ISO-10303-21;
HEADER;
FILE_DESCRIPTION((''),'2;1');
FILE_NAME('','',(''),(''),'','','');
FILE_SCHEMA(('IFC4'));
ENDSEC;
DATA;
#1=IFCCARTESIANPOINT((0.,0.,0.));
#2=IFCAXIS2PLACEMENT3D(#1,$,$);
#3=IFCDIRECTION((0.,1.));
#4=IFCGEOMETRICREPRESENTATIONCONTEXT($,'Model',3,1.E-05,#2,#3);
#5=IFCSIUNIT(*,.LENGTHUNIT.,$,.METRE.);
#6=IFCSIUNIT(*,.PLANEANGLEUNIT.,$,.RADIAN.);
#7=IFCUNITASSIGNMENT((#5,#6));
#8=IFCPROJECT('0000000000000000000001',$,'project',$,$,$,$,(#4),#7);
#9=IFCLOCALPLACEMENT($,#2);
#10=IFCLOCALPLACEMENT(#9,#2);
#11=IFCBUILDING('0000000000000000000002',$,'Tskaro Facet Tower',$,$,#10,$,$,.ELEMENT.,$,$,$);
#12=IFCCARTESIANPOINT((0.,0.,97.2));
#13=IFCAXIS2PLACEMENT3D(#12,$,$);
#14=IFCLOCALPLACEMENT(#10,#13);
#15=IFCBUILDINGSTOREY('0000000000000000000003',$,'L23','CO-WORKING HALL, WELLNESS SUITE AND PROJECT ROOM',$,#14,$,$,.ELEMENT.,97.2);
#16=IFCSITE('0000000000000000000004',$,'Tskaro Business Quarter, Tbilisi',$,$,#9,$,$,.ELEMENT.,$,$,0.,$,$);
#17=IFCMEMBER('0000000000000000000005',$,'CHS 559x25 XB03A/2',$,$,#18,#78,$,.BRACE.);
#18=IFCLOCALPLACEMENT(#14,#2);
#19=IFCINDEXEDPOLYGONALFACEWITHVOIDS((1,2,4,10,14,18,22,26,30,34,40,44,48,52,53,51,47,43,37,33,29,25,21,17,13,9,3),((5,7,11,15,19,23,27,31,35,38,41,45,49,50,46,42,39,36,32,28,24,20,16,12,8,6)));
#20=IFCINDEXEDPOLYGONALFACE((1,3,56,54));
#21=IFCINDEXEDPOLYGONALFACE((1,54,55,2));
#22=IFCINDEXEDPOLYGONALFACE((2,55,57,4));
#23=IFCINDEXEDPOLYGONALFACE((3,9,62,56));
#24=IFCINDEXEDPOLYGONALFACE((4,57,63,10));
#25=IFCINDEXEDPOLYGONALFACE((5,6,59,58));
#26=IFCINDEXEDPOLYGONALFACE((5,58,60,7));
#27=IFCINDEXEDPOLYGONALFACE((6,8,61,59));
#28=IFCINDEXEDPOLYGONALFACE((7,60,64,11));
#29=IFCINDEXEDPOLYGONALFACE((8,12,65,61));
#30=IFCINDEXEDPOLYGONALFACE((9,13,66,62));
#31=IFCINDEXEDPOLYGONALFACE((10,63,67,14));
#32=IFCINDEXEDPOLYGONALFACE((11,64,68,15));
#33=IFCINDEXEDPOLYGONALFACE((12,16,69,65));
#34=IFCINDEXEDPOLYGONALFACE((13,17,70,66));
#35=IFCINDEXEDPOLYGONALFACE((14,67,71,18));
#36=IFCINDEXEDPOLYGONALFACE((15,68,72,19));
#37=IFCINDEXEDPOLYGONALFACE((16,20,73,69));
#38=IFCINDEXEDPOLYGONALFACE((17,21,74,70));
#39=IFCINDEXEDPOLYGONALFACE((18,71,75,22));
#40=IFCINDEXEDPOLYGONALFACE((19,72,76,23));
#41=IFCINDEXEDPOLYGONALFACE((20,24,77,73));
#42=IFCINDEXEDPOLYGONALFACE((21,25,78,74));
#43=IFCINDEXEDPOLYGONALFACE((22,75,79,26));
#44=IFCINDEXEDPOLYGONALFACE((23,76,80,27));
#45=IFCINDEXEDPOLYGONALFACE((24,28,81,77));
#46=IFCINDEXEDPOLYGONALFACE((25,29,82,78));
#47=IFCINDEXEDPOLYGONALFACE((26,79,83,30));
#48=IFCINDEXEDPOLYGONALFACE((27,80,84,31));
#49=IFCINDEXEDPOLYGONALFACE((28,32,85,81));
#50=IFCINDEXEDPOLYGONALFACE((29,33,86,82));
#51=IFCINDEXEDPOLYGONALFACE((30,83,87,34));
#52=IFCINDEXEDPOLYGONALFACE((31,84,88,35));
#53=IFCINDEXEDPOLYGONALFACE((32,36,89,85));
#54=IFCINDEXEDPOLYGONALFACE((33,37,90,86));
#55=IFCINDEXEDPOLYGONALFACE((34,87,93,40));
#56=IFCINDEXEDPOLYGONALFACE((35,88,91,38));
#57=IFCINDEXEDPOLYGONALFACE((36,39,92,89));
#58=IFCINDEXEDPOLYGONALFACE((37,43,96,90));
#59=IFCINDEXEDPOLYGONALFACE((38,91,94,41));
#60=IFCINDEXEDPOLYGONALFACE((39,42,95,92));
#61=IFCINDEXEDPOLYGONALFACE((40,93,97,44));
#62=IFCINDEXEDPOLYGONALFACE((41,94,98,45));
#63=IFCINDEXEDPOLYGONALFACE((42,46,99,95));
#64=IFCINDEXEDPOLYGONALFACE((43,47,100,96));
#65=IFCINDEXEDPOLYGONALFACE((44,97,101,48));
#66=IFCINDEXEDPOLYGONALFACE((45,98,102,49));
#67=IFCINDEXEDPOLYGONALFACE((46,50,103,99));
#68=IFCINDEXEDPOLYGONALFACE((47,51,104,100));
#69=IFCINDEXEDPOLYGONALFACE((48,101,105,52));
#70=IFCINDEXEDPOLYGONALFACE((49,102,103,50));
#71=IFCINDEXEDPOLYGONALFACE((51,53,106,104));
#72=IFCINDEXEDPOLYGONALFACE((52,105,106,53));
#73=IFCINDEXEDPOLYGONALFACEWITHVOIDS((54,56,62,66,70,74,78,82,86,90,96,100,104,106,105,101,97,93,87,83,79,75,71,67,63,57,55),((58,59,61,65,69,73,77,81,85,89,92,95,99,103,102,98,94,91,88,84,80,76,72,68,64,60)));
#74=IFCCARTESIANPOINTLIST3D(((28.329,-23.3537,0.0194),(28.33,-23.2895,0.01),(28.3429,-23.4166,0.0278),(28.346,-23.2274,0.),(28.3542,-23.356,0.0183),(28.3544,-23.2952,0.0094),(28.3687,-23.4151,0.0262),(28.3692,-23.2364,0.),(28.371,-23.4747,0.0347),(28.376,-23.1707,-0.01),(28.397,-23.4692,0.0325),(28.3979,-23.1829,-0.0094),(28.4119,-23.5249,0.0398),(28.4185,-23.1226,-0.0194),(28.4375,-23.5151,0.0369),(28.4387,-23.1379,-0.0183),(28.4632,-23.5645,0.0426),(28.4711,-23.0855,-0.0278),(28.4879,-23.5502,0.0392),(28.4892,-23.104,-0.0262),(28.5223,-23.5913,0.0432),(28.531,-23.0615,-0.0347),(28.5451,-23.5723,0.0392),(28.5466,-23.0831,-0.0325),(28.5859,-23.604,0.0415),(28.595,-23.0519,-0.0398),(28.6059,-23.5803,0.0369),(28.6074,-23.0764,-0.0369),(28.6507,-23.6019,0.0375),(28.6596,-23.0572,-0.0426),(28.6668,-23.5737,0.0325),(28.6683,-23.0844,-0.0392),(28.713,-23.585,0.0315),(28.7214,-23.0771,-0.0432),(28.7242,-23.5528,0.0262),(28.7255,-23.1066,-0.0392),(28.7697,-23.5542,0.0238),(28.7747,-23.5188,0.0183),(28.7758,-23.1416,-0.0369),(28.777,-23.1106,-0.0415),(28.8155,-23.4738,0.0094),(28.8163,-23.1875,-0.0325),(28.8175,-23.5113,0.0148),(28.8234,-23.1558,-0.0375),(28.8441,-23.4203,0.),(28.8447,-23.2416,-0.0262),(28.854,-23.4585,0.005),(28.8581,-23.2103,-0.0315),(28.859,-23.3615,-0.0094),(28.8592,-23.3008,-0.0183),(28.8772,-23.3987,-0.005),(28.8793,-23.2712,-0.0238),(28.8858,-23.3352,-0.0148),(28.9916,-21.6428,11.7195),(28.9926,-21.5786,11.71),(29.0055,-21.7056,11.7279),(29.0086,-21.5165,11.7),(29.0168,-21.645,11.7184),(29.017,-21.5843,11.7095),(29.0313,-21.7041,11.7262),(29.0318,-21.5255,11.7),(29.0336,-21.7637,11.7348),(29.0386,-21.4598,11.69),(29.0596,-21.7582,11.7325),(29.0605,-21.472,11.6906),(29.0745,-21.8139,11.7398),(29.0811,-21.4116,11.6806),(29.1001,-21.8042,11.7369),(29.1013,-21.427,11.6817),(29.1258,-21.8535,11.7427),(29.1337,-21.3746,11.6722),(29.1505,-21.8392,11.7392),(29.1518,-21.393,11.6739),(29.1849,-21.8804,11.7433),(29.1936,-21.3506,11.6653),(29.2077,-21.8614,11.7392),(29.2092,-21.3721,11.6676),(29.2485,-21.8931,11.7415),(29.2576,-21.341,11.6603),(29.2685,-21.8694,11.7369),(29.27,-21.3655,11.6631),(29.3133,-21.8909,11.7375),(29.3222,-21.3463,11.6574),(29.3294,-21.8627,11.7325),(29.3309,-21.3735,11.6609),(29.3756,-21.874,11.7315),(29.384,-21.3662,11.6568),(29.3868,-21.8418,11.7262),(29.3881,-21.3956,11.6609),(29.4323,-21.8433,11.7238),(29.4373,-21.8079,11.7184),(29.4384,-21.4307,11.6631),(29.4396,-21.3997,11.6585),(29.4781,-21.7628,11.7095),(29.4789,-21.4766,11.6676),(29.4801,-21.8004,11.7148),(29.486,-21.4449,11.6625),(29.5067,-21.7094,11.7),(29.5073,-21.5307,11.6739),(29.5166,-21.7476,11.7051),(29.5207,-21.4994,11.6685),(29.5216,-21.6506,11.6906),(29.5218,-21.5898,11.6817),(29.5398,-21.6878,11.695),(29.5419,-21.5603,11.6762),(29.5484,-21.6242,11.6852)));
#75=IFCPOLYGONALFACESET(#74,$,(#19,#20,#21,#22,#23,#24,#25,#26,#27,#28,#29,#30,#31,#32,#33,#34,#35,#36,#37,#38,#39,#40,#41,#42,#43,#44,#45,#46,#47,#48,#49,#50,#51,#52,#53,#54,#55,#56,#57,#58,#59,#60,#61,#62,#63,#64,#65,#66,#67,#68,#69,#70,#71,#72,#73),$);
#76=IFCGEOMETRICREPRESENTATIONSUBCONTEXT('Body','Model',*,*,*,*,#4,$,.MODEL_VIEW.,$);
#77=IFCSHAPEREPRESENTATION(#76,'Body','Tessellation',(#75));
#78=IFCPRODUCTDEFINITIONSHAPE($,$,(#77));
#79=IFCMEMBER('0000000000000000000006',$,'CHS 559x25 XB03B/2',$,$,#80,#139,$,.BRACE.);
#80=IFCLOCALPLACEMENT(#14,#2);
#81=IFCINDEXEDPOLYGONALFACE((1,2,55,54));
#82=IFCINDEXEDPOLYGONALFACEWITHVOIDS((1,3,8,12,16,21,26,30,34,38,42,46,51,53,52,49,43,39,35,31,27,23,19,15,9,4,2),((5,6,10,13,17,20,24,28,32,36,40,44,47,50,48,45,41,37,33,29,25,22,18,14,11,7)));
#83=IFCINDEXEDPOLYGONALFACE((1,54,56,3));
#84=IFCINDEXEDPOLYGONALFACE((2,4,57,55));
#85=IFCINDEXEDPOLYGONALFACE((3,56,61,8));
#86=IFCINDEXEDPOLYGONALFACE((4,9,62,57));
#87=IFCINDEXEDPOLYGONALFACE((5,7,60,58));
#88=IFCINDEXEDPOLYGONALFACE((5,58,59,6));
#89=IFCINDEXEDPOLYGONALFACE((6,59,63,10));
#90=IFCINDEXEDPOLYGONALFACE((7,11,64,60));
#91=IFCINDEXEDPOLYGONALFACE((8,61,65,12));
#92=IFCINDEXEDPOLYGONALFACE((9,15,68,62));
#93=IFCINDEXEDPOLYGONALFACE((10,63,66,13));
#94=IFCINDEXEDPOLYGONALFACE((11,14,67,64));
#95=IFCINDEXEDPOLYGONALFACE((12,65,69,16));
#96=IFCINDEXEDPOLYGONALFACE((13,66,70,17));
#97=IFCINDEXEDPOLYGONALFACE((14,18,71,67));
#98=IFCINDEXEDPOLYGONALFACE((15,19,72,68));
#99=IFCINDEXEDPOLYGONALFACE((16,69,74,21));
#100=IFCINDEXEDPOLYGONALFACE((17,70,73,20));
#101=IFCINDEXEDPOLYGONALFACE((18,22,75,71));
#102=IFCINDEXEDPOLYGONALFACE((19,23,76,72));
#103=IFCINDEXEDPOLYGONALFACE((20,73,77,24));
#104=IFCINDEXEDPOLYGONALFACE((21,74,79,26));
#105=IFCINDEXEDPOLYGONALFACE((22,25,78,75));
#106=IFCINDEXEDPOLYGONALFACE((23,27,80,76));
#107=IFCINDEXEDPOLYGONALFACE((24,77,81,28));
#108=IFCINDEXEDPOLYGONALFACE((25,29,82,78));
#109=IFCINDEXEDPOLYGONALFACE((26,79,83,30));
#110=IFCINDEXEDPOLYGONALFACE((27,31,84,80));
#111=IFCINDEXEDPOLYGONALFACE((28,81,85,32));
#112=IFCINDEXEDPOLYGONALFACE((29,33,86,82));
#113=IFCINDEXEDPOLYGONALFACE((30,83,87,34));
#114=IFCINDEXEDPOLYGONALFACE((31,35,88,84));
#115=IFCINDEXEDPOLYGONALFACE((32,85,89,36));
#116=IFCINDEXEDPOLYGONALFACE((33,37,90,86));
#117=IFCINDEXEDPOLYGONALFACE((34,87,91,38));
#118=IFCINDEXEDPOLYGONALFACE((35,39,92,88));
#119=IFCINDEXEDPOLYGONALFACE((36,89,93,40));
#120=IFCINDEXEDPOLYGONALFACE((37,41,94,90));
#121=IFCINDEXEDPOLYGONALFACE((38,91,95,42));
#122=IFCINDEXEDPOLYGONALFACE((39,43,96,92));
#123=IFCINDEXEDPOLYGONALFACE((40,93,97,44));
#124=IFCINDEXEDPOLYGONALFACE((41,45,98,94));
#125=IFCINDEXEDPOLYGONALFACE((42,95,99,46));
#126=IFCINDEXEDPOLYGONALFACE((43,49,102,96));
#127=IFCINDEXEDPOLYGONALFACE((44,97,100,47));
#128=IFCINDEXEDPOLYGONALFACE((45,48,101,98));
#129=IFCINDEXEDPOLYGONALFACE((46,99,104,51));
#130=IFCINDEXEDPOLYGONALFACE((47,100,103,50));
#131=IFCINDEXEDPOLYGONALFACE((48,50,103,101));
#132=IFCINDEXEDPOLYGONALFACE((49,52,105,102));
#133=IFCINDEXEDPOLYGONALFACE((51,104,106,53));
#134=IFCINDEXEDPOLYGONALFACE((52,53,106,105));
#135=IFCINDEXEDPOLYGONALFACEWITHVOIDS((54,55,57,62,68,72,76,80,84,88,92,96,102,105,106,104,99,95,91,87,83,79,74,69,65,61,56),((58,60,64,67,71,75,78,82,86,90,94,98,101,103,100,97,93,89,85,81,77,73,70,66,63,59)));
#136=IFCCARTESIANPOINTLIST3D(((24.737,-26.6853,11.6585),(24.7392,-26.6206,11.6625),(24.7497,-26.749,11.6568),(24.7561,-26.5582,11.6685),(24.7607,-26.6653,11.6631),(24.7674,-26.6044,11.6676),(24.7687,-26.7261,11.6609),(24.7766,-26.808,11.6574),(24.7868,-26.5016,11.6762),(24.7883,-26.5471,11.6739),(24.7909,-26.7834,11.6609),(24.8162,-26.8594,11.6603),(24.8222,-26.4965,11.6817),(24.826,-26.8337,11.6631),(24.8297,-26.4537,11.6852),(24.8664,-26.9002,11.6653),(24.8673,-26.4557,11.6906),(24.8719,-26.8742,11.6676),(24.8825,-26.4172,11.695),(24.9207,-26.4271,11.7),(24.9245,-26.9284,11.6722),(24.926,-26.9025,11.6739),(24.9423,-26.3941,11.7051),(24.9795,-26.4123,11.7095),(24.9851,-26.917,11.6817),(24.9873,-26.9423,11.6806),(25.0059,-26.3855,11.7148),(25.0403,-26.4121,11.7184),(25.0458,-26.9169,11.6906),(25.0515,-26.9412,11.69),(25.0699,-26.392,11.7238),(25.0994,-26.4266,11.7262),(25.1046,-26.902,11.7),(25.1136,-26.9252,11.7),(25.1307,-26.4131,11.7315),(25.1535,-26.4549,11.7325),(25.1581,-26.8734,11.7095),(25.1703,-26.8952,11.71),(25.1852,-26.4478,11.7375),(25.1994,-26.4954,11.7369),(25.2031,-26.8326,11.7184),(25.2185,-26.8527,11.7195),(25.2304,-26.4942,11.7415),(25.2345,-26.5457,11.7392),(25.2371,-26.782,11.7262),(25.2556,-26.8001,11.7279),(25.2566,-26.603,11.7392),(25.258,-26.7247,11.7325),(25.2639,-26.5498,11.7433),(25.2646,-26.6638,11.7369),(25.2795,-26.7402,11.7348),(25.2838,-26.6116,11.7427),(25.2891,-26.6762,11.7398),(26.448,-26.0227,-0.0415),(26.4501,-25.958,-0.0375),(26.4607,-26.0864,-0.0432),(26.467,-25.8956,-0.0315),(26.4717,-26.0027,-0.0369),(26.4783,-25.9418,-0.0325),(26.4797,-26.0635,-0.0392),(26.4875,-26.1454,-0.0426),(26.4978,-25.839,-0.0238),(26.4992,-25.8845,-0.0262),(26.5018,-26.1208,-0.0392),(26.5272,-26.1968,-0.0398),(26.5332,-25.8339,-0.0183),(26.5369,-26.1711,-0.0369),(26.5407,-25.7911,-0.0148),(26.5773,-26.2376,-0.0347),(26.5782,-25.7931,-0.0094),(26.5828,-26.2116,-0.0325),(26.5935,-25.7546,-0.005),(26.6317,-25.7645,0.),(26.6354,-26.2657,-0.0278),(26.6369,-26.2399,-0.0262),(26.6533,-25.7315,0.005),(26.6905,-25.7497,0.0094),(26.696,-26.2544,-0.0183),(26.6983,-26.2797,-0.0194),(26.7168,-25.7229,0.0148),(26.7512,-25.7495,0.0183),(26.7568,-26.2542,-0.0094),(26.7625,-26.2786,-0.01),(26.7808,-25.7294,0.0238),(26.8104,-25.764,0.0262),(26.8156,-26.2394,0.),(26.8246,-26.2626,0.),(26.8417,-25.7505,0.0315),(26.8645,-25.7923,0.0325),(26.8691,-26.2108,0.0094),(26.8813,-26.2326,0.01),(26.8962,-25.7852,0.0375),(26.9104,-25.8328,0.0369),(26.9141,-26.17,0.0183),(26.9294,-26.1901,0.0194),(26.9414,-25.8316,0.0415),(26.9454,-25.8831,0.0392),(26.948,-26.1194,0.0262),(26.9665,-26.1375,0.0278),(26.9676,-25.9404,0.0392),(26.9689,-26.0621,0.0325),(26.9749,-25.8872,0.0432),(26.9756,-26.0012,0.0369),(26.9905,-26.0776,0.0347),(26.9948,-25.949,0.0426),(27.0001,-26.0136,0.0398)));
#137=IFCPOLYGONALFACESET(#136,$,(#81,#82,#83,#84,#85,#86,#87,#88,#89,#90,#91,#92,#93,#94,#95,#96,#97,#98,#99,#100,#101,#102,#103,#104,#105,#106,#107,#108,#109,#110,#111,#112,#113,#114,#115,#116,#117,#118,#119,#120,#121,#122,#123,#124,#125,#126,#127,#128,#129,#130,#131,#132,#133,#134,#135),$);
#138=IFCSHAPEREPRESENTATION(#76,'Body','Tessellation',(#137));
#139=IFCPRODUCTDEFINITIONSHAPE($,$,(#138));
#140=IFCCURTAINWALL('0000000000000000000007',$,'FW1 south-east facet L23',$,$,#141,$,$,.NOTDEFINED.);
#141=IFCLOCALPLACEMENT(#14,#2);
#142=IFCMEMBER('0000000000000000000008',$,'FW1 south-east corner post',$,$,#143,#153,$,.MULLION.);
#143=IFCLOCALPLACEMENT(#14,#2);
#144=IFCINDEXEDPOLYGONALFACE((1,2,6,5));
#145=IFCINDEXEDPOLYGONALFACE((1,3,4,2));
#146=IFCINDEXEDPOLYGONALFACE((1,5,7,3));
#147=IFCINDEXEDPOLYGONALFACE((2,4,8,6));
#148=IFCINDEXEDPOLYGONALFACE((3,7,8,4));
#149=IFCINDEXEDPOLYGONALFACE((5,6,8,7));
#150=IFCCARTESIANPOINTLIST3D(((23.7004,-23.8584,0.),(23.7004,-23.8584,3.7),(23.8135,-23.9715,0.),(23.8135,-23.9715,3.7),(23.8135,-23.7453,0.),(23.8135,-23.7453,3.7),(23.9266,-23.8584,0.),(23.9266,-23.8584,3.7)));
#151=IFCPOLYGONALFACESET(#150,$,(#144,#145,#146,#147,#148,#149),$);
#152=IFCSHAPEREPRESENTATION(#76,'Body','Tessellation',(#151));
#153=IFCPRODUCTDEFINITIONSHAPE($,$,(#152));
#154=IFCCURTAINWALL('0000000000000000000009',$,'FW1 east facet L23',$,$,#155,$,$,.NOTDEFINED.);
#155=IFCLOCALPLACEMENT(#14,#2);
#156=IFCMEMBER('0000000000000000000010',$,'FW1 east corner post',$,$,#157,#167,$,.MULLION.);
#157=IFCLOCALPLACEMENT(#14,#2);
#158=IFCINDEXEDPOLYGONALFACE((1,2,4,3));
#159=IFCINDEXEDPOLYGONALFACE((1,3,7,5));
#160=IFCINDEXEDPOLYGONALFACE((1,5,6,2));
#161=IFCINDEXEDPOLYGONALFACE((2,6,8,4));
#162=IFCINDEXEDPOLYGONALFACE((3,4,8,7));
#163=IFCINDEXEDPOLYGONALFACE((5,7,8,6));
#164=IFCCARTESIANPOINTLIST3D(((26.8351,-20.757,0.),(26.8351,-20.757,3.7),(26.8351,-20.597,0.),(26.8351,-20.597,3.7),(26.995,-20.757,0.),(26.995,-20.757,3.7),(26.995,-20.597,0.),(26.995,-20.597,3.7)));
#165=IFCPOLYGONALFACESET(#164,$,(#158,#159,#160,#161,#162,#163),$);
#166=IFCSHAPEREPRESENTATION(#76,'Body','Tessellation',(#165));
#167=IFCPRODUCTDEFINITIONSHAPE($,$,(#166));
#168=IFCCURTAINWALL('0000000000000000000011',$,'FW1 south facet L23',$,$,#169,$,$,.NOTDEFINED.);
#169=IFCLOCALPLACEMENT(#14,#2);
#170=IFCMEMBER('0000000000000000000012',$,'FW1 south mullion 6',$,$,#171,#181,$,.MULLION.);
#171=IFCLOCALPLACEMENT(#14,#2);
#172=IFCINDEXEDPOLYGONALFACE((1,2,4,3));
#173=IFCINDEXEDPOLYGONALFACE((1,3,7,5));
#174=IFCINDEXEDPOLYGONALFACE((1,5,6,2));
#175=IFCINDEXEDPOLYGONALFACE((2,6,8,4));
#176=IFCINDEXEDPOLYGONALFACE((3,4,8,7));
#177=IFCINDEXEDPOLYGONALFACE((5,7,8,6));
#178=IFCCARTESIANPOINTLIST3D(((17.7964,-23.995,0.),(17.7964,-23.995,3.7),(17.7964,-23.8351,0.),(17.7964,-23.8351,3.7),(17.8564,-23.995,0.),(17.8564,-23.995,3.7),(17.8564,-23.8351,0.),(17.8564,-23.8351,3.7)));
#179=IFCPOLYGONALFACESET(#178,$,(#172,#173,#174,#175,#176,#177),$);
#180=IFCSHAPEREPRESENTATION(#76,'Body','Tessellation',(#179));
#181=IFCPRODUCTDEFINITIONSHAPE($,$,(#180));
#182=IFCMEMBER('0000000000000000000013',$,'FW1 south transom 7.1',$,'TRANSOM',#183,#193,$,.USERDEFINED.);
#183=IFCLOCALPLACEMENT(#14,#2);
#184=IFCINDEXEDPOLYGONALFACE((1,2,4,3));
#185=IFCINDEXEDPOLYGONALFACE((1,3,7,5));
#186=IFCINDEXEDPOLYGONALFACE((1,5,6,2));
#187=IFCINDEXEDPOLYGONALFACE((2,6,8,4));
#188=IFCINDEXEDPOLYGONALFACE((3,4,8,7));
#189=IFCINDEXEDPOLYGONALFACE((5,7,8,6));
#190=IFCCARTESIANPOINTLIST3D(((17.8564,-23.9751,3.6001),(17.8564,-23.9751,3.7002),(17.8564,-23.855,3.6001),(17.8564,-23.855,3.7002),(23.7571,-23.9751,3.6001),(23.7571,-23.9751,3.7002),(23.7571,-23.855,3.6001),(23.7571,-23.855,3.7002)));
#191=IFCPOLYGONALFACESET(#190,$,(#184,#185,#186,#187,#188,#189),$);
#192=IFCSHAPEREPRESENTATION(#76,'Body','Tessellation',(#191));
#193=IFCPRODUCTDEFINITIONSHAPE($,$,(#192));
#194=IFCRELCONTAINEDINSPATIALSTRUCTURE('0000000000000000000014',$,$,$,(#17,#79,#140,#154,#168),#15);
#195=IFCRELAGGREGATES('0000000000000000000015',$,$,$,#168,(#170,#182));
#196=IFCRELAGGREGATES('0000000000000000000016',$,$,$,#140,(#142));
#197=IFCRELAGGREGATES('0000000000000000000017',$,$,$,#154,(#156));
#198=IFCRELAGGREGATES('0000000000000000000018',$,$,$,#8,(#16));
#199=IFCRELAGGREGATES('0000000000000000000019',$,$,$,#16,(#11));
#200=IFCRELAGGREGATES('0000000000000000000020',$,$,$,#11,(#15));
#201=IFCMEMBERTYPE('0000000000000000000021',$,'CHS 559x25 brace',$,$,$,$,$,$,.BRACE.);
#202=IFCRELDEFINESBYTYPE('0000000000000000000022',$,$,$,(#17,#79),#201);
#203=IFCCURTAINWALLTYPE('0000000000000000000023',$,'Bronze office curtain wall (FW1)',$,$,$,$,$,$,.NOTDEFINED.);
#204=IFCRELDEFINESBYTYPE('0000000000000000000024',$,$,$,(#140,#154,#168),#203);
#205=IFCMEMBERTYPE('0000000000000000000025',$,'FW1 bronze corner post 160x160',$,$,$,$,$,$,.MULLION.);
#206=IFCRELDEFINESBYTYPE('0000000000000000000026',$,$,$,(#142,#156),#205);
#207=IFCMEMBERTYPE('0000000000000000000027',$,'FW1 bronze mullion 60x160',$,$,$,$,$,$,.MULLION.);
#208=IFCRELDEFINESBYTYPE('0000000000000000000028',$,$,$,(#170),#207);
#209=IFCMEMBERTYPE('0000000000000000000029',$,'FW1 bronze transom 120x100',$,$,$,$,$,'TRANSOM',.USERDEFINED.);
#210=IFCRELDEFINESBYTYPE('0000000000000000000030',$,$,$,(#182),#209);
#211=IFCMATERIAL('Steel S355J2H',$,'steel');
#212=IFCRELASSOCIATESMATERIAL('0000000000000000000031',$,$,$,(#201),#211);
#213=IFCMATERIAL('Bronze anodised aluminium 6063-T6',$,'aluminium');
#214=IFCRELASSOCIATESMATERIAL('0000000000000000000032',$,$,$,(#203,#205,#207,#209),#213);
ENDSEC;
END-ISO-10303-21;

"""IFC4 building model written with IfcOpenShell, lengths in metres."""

from ifc_helpers import new_model, si_unit, direction, frame, origin, origin_2d, place, context, subcontext, project, spatial, rectangle, hollow_circle, extrude, material, material_profile, profile_set, type_object, element, aggregate, save


model = new_model("IFC4")

# Units and contexts
model_context = context("Model", 3, precision=1e-05, world=origin(), true_north=direction((0.0, 1.0)))
body_context = subcontext(model_context, "Body", "Model", "MODEL_VIEW")
ifc_project = project(units=[si_unit("LENGTHUNIT", "METRE"), si_unit("PLANEANGLEUNIT", "RADIAN")], contexts=[model_context])

# Site, building, storey
site_placement = place(None, origin())
site = spatial("IfcSite", under=ifc_project, at=site_placement, Name="Tskaro Business Quarter, Tbilisi", CompositionType="ELEMENT", RefElevation=0.0)
building_placement = place(site_placement, origin())
building = spatial("IfcBuilding", under=site, at=building_placement, Name="Tskaro Facet Tower", CompositionType="ELEMENT")
storey_placement = place(building_placement, frame((0.0, 0.0, 97.2)))
storey = spatial("IfcBuildingStorey", under=building, at=storey_placement, Name="L23", Description="CO-WORKING HALL, WELLNESS SUITE AND PROJECT ROOM", CompositionType="ELEMENT", Elevation=97.2)

# Shared definitions
ifc_material_1 = material(Name="Steel S355J2H", Category="steel")

# Members
ifc_material_profile_1 = material_profile(ifc_material_1, hollow_circle(Radius=0.2795, WallThickness=0.0249, at=origin_2d()), Name="CHS 559x25")
ifc_profile_set_1 = profile_set([ifc_material_profile_1], Name="Steel S355J2H")
member_type_1 = type_object("IfcMemberType", Name="CHS 559x25 brace", PredefinedType="BRACE", material=ifc_profile_set_1)
for number, where, z_axis, x_axis, name in (
    (1, (28.6067, -23.3284, 0.0), (0.055949, 0.144469, 0.987926), (-0.932513, 0.361136, 0.0), "CHS 559x25 XB03A/2"),
    (2, (26.7236, -26.002, 0.0), (-0.144469, -0.055949, 0.987926), (0.361136, -0.932513, 0.0), "CHS 559x25 XB03B/2"),
):
    element("IfcMember", number, at=place(storey_placement, frame(where, z_axis=z_axis, x_axis=x_axis)), inside=storey, type_object=member_type_1, Name=name, PredefinedType="BRACE", context=body_context, shape_type="SweptSolid", body=[
        extrude(hollow_circle(Radius=0.2795, WallThickness=0.0249, at=origin_2d()), origin(), (0.0, 0.0, 1.0), 11.843),
    ])

# Curtain walls, members
ifc_material_2 = material(Name="Bronze anodised aluminium 6063-T6", Category="aluminium")
curtain_wall_type = type_object("IfcCurtainWallType", Name="Bronze office curtain wall (FW1)", PredefinedType="NOTDEFINED", material=ifc_material_2)
curtain_wall_1_placement = place(storey_placement, origin())
curtain_wall_1 = element("IfcCurtainWall", 3, at=curtain_wall_1_placement, inside=storey, type_object=curtain_wall_type, Name="FW1 south-east facet L23", PredefinedType="NOTDEFINED")
ifc_material_profile_2 = material_profile(ifc_material_2, rectangle(XDim=0.1599, YDim=0.1599, at=origin_2d()), Name="Corner post 160x160")
ifc_profile_set_2 = profile_set([ifc_material_profile_2], Name="Bronze anodised aluminium 6063-T6")
member_type_2 = type_object("IfcMemberType", Name="FW1 bronze corner post 160x160", PredefinedType="MULLION", material=ifc_profile_set_2)
member_1_placement = place(storey_placement, frame((23.8135, -23.8584, 0.0), z_axis=(0.0, 0.0, 1.0), x_axis=(0.707107, 0.707107, 0.0)))
member_1 = element("IfcMember", 4, at=member_1_placement, type_object=member_type_2, Name="FW1 south-east corner post", PredefinedType="MULLION", context=body_context, shape_type="SweptSolid", body=[
    extrude(rectangle(XDim=0.1599, YDim=0.1599, at=origin_2d()), origin(), (0.0, 0.0, 1.0), 3.7),
])
curtain_wall_2_placement = place(storey_placement, origin())
curtain_wall_2 = element("IfcCurtainWall", 5, at=curtain_wall_2_placement, inside=storey, type_object=curtain_wall_type, Name="FW1 east facet L23", PredefinedType="NOTDEFINED")
member_2_placement = place(storey_placement, frame((26.915, -20.677, 0.0), z_axis=(0.0, 0.0, 1.0), x_axis=(0.0, 1.0, 0.0)))
member_2 = element("IfcMember", 6, at=member_2_placement, type_object=member_type_2, Name="FW1 east corner post", PredefinedType="MULLION", context=body_context, shape_type="SweptSolid", body=[
    extrude(rectangle(XDim=0.1599, YDim=0.1599, at=origin_2d()), origin(), (0.0, 0.0, 1.0), 3.7),
])

# Curtain wall, members
curtain_wall_3_placement = place(storey_placement, origin())
curtain_wall_3 = element("IfcCurtainWall", 7, at=curtain_wall_3_placement, inside=storey, type_object=curtain_wall_type, Name="FW1 south facet L23", PredefinedType="NOTDEFINED")
ifc_material_profile_3 = material_profile(ifc_material_2, rectangle(XDim=0.0601, YDim=0.1599, at=origin_2d()), Name="Mullion 60x160")
ifc_profile_set_3 = profile_set([ifc_material_profile_3], Name="Bronze anodised aluminium 6063-T6")
member_type_3 = type_object("IfcMemberType", Name="FW1 bronze mullion 60x160", PredefinedType="MULLION", material=ifc_profile_set_3)
member_3_placement = place(storey_placement, frame((17.8264, -23.915, 0.0), z_axis=(0.0, 0.0, 1.0), x_axis=(1.0, 0.0, 0.0)))
member_3 = element("IfcMember", 8, at=member_3_placement, type_object=member_type_3, Name="FW1 south mullion 6", PredefinedType="MULLION", context=body_context, shape_type="SweptSolid", body=[
    extrude(rectangle(XDim=0.0601, YDim=0.1599, at=origin_2d()), origin(), (0.0, 0.0, 1.0), 3.7),
])
ifc_material_profile_4 = material_profile(ifc_material_2, rectangle(XDim=0.1201, YDim=0.1001, at=origin_2d()), Name="Transom 120x100")
ifc_profile_set_4 = profile_set([ifc_material_profile_4], Name="Bronze anodised aluminium 6063-T6")
member_type_4 = type_object("IfcMemberType", Name="FW1 bronze transom 120x100", ElementType="TRANSOM", PredefinedType="USERDEFINED", material=ifc_profile_set_4)
member_4_placement = place(storey_placement, frame((17.8564, -23.915, 3.6501), z_axis=(1.0, 0.0, 0.0), x_axis=(0.0, 1.0, 0.0)))
member_4 = element("IfcMember", 9, at=member_4_placement, type_object=member_type_4, Name="FW1 south transom 7.1", ObjectType="TRANSOM", PredefinedType="USERDEFINED", context=body_context, shape_type="SweptSolid", body=[
    extrude(rectangle(XDim=0.1201, YDim=0.1001, at=origin_2d()), origin(), (0.0, 0.0, 1.0), 5.9006),
])

aggregate(curtain_wall_3, [member_3, member_4])
aggregate(curtain_wall_1, [member_1])
aggregate(curtain_wall_2, [member_2])

save(model, "model.ifc")
